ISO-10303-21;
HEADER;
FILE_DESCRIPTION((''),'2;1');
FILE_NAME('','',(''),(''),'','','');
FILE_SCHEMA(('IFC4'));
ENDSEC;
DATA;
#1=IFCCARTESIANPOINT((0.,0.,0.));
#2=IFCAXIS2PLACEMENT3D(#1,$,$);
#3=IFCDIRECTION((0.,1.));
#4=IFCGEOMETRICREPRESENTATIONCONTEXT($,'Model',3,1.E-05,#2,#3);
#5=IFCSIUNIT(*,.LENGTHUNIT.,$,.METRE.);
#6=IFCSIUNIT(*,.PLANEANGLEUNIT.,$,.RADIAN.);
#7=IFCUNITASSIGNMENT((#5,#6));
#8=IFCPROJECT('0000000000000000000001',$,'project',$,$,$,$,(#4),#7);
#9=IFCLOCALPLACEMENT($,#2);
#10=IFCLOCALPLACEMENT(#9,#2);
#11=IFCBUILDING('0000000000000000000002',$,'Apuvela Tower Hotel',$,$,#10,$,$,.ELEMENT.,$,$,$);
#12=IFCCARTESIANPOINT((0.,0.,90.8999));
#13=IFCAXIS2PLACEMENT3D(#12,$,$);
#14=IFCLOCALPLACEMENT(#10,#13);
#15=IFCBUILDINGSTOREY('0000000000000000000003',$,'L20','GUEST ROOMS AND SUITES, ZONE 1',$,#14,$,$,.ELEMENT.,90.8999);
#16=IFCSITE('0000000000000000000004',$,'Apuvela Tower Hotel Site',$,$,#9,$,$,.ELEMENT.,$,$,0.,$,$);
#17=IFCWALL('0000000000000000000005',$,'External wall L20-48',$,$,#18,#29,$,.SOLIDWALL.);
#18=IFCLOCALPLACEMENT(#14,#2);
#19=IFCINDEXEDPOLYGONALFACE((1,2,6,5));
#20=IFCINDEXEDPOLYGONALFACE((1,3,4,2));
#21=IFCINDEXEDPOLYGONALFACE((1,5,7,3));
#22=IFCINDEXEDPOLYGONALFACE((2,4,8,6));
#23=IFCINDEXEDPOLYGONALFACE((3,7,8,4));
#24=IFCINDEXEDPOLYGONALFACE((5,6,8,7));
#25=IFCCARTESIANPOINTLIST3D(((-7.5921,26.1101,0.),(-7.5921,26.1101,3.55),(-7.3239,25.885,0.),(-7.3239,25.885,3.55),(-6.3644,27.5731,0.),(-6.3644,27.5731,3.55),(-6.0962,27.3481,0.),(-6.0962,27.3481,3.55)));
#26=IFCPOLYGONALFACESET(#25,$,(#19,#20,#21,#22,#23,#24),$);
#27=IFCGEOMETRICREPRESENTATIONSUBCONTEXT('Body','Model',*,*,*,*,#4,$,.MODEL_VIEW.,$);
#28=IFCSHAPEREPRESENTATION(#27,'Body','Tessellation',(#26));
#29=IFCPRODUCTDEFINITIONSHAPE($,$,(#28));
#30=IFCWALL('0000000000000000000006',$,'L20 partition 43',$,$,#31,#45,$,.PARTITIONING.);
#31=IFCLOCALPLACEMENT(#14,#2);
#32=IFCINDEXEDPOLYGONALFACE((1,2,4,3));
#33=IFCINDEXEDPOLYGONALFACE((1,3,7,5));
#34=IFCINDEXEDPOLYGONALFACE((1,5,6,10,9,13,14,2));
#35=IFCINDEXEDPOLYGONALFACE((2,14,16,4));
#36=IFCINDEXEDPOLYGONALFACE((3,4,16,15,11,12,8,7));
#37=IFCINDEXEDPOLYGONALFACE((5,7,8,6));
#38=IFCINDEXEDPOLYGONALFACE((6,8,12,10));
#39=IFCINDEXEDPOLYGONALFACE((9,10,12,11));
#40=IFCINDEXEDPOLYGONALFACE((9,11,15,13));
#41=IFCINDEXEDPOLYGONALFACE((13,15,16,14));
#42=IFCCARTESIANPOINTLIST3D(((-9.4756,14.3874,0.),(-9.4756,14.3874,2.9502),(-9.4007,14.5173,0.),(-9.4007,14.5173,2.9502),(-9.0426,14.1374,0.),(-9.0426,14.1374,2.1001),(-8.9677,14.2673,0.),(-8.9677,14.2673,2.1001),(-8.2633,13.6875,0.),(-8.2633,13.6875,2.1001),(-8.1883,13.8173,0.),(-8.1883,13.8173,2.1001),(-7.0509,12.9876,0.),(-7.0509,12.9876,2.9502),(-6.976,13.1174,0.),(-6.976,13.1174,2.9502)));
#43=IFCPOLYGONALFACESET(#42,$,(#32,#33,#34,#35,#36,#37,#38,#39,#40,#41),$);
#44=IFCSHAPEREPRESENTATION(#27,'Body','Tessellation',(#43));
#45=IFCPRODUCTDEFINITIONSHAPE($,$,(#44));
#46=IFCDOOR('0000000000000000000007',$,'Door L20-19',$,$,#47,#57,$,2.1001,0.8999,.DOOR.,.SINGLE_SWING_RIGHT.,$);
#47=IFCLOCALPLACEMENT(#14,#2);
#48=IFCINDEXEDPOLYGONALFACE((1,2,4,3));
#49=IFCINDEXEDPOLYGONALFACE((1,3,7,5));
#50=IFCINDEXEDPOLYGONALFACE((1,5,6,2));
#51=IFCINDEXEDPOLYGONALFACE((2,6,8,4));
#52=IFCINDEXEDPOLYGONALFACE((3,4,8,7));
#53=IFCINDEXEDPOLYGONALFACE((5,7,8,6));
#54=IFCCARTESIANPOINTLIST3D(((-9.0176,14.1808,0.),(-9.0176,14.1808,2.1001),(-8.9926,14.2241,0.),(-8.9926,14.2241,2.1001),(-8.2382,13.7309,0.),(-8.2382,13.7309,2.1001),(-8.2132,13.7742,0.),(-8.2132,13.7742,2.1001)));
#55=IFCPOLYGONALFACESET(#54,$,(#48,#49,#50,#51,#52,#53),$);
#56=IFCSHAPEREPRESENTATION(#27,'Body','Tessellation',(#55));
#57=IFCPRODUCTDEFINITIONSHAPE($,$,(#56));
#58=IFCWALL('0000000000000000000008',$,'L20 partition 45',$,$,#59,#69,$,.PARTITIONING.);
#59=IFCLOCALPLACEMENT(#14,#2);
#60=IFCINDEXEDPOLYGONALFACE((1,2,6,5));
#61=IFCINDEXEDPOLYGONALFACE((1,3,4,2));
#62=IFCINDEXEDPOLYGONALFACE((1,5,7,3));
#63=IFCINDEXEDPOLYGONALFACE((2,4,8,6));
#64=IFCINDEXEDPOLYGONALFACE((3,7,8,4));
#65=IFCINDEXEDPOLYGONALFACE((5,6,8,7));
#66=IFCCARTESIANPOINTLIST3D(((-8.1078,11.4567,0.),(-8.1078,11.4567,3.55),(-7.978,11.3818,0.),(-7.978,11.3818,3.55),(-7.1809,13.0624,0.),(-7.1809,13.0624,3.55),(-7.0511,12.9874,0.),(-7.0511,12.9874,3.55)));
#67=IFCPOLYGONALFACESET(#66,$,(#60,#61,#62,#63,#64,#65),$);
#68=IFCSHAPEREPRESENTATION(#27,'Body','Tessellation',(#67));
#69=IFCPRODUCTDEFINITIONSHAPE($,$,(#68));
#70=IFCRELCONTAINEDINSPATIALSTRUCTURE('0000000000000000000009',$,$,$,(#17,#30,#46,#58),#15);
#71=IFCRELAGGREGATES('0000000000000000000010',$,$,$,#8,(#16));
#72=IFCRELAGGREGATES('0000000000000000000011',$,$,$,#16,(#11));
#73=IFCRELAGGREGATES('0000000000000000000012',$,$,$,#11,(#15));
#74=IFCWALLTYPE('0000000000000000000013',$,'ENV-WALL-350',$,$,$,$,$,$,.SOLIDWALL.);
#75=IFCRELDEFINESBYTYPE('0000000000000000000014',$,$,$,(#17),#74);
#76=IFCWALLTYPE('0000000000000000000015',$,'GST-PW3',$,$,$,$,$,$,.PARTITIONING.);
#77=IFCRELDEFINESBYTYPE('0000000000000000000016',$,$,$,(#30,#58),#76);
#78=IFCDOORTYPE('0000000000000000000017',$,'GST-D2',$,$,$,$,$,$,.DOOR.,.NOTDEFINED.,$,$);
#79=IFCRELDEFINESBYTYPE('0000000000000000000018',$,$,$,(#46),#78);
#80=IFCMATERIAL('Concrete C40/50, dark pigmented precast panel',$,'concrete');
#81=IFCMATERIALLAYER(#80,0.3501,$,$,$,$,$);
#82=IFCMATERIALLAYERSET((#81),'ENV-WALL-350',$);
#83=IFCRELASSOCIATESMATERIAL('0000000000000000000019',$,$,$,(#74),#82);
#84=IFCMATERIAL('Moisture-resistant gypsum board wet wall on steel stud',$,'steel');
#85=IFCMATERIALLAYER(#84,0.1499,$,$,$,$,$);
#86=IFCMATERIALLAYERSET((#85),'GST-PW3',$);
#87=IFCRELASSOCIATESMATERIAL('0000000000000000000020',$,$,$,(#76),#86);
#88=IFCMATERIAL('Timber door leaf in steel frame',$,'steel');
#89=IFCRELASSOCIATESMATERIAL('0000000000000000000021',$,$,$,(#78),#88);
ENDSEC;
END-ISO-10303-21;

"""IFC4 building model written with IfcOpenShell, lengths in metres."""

from ifc_helpers import new_model, si_unit, direction, frame, frame_2d, origin, place, context, subcontext, project, spatial, rectangle, extrude, material, layer, layer_set, type_object, element, fill, save


model = new_model("IFC4")

# Units and contexts
model_context = context("Model", 3, precision=1e-05, world=origin(), true_north=direction((0.0, 1.0)))
body_context = subcontext(model_context, "Body", "Model", "MODEL_VIEW")
ifc_project = project(units=[si_unit("LENGTHUNIT", "METRE"), si_unit("PLANEANGLEUNIT", "RADIAN")], contexts=[model_context])

# Site, building, storey
site_placement = place(None, origin())
site = spatial("IfcSite", under=ifc_project, at=site_placement, Name="Apuvela Tower Hotel Site", CompositionType="ELEMENT", RefElevation=0.0)
building_placement = place(site_placement, origin())
building = spatial("IfcBuilding", under=site, at=building_placement, Name="Apuvela Tower Hotel", CompositionType="ELEMENT")
storey_placement = place(building_placement, frame((0.0, 0.0, 90.8999)))
storey = spatial("IfcBuildingStorey", under=building, at=storey_placement, Name="L20", Description="GUEST ROOMS AND SUITES, ZONE 1", CompositionType="ELEMENT", Elevation=90.8999)

# Shared definitions
ifc_material_1 = material(Name="Concrete C40/50, dark pigmented precast panel", Category="concrete")
ifc_layer_1 = layer(ifc_material_1, 0.3501)
ifc_layer_set_1 = layer_set([ifc_layer_1], Name="ENV-WALL-350")
wall_type_1 = type_object("IfcWallType", Name="ENV-WALL-350", PredefinedType="SOLIDWALL", material=ifc_layer_set_1)

# Wall
wall_1_placement = place(storey_placement, frame((-6.2302, 27.4607, 0.0), z_axis=(0.0, 0.0, 1.0), x_axis=(-0.642808, -0.766027, 0.0)))
element("IfcWall", 1, at=wall_1_placement, inside=storey, type_object=wall_type_1, Name="External wall L20-48", PredefinedType="SOLIDWALL", context=body_context, shape_type="SweptSolid", body=[
    extrude(rectangle(XDim=1.9099, YDim=0.3501, at=frame_2d((0.9551, 0.0))), origin(), (0.0, 0.0, 1.0), 3.55),
])

# Wall, opening, door
ifc_material_2 = material(Name="Moisture-resistant gypsum board wet wall on steel stud", Category="steel")
ifc_layer_2 = layer(ifc_material_2, 0.1499)
ifc_layer_set_2 = layer_set([ifc_layer_2], Name="GST-PW3")
wall_type_2 = type_object("IfcWallType", Name="GST-PW3", PredefinedType="PARTITIONING", material=ifc_layer_set_2)
wall_2_placement = place(storey_placement, frame((-7.0134, 13.0525, 0.0), z_axis=(0.0, 0.0, 1.0), x_axis=(-0.866035, 0.499984, 0.0)))
wall_2 = element("IfcWall", 2, at=wall_2_placement, inside=storey, type_object=wall_type_2, Name="L20 partition 43", PredefinedType="PARTITIONING", context=body_context, shape_type="SweptSolid", body=[
    extrude(rectangle(XDim=2.7998, YDim=0.1499, at=frame_2d((1.3999, 0.0))), origin(), (0.0, 0.0, 1.0), 2.9502),
])
opening_1_placement = place(wall_2_placement, frame((1.3999, 0.0, 0.0)))
opening_1 = element("IfcOpeningElement", 3, at=opening_1_placement, cuts=wall_2, PredefinedType="OPENING", context=body_context, shape_type="SweptSolid", body=[
    extrude(rectangle(XDim=0.8999, YDim=2.1001, at=frame_2d((0.45, 1.05))), frame((0.0, 0.085, 0.0), z_axis=(0.0, -1.0, 0.0), x_axis=(1.0, 0.0, 0.0)), (0.0, 0.0, 1.0), 0.1699),
])
ifc_material_3 = material(Name="Timber door leaf in steel frame", Category="steel")
door_type_1 = type_object("IfcDoorType", Name="GST-D2", OperationType="NOTDEFINED", PredefinedType="DOOR", material=ifc_material_3)
door_1_placement = place(opening_1_placement, origin())
door_1 = element("IfcDoor", 4, at=door_1_placement, inside=storey, type_object=door_type_1, Name="Door L20-19", OperationType="SINGLE_SWING_RIGHT", OverallHeight=2.1001, OverallWidth=0.8999, PredefinedType="DOOR", context=body_context, shape_type="SweptSolid", body=[
    extrude(rectangle(XDim=0.8999, YDim=2.1001, at=frame_2d((0.45, 1.05))), frame((0.0, 0.0249, 0.0), z_axis=(0.0, -1.0, 0.0), x_axis=(1.0, 0.0, 0.0)), (0.0, 0.0, 1.0), 0.05),
])
fill(opening_1, door_1)

# Wall
wall_3_placement = place(storey_placement, frame((-7.116, 13.0249, 0.0), z_axis=(0.0, 0.0, 1.0), x_axis=(-0.499977, -0.866039, 0.0)))
element("IfcWall", 5, at=wall_3_placement, inside=storey, type_object=wall_type_2, Name="L20 partition 45", PredefinedType="PARTITIONING", context=body_context, shape_type="SweptSolid", body=[
    extrude(rectangle(XDim=1.854, YDim=0.1499, at=frame_2d((0.927, 0.0))), origin(), (0.0, 0.0, 1.0), 3.55),
])

save(model, "model.ifc")
